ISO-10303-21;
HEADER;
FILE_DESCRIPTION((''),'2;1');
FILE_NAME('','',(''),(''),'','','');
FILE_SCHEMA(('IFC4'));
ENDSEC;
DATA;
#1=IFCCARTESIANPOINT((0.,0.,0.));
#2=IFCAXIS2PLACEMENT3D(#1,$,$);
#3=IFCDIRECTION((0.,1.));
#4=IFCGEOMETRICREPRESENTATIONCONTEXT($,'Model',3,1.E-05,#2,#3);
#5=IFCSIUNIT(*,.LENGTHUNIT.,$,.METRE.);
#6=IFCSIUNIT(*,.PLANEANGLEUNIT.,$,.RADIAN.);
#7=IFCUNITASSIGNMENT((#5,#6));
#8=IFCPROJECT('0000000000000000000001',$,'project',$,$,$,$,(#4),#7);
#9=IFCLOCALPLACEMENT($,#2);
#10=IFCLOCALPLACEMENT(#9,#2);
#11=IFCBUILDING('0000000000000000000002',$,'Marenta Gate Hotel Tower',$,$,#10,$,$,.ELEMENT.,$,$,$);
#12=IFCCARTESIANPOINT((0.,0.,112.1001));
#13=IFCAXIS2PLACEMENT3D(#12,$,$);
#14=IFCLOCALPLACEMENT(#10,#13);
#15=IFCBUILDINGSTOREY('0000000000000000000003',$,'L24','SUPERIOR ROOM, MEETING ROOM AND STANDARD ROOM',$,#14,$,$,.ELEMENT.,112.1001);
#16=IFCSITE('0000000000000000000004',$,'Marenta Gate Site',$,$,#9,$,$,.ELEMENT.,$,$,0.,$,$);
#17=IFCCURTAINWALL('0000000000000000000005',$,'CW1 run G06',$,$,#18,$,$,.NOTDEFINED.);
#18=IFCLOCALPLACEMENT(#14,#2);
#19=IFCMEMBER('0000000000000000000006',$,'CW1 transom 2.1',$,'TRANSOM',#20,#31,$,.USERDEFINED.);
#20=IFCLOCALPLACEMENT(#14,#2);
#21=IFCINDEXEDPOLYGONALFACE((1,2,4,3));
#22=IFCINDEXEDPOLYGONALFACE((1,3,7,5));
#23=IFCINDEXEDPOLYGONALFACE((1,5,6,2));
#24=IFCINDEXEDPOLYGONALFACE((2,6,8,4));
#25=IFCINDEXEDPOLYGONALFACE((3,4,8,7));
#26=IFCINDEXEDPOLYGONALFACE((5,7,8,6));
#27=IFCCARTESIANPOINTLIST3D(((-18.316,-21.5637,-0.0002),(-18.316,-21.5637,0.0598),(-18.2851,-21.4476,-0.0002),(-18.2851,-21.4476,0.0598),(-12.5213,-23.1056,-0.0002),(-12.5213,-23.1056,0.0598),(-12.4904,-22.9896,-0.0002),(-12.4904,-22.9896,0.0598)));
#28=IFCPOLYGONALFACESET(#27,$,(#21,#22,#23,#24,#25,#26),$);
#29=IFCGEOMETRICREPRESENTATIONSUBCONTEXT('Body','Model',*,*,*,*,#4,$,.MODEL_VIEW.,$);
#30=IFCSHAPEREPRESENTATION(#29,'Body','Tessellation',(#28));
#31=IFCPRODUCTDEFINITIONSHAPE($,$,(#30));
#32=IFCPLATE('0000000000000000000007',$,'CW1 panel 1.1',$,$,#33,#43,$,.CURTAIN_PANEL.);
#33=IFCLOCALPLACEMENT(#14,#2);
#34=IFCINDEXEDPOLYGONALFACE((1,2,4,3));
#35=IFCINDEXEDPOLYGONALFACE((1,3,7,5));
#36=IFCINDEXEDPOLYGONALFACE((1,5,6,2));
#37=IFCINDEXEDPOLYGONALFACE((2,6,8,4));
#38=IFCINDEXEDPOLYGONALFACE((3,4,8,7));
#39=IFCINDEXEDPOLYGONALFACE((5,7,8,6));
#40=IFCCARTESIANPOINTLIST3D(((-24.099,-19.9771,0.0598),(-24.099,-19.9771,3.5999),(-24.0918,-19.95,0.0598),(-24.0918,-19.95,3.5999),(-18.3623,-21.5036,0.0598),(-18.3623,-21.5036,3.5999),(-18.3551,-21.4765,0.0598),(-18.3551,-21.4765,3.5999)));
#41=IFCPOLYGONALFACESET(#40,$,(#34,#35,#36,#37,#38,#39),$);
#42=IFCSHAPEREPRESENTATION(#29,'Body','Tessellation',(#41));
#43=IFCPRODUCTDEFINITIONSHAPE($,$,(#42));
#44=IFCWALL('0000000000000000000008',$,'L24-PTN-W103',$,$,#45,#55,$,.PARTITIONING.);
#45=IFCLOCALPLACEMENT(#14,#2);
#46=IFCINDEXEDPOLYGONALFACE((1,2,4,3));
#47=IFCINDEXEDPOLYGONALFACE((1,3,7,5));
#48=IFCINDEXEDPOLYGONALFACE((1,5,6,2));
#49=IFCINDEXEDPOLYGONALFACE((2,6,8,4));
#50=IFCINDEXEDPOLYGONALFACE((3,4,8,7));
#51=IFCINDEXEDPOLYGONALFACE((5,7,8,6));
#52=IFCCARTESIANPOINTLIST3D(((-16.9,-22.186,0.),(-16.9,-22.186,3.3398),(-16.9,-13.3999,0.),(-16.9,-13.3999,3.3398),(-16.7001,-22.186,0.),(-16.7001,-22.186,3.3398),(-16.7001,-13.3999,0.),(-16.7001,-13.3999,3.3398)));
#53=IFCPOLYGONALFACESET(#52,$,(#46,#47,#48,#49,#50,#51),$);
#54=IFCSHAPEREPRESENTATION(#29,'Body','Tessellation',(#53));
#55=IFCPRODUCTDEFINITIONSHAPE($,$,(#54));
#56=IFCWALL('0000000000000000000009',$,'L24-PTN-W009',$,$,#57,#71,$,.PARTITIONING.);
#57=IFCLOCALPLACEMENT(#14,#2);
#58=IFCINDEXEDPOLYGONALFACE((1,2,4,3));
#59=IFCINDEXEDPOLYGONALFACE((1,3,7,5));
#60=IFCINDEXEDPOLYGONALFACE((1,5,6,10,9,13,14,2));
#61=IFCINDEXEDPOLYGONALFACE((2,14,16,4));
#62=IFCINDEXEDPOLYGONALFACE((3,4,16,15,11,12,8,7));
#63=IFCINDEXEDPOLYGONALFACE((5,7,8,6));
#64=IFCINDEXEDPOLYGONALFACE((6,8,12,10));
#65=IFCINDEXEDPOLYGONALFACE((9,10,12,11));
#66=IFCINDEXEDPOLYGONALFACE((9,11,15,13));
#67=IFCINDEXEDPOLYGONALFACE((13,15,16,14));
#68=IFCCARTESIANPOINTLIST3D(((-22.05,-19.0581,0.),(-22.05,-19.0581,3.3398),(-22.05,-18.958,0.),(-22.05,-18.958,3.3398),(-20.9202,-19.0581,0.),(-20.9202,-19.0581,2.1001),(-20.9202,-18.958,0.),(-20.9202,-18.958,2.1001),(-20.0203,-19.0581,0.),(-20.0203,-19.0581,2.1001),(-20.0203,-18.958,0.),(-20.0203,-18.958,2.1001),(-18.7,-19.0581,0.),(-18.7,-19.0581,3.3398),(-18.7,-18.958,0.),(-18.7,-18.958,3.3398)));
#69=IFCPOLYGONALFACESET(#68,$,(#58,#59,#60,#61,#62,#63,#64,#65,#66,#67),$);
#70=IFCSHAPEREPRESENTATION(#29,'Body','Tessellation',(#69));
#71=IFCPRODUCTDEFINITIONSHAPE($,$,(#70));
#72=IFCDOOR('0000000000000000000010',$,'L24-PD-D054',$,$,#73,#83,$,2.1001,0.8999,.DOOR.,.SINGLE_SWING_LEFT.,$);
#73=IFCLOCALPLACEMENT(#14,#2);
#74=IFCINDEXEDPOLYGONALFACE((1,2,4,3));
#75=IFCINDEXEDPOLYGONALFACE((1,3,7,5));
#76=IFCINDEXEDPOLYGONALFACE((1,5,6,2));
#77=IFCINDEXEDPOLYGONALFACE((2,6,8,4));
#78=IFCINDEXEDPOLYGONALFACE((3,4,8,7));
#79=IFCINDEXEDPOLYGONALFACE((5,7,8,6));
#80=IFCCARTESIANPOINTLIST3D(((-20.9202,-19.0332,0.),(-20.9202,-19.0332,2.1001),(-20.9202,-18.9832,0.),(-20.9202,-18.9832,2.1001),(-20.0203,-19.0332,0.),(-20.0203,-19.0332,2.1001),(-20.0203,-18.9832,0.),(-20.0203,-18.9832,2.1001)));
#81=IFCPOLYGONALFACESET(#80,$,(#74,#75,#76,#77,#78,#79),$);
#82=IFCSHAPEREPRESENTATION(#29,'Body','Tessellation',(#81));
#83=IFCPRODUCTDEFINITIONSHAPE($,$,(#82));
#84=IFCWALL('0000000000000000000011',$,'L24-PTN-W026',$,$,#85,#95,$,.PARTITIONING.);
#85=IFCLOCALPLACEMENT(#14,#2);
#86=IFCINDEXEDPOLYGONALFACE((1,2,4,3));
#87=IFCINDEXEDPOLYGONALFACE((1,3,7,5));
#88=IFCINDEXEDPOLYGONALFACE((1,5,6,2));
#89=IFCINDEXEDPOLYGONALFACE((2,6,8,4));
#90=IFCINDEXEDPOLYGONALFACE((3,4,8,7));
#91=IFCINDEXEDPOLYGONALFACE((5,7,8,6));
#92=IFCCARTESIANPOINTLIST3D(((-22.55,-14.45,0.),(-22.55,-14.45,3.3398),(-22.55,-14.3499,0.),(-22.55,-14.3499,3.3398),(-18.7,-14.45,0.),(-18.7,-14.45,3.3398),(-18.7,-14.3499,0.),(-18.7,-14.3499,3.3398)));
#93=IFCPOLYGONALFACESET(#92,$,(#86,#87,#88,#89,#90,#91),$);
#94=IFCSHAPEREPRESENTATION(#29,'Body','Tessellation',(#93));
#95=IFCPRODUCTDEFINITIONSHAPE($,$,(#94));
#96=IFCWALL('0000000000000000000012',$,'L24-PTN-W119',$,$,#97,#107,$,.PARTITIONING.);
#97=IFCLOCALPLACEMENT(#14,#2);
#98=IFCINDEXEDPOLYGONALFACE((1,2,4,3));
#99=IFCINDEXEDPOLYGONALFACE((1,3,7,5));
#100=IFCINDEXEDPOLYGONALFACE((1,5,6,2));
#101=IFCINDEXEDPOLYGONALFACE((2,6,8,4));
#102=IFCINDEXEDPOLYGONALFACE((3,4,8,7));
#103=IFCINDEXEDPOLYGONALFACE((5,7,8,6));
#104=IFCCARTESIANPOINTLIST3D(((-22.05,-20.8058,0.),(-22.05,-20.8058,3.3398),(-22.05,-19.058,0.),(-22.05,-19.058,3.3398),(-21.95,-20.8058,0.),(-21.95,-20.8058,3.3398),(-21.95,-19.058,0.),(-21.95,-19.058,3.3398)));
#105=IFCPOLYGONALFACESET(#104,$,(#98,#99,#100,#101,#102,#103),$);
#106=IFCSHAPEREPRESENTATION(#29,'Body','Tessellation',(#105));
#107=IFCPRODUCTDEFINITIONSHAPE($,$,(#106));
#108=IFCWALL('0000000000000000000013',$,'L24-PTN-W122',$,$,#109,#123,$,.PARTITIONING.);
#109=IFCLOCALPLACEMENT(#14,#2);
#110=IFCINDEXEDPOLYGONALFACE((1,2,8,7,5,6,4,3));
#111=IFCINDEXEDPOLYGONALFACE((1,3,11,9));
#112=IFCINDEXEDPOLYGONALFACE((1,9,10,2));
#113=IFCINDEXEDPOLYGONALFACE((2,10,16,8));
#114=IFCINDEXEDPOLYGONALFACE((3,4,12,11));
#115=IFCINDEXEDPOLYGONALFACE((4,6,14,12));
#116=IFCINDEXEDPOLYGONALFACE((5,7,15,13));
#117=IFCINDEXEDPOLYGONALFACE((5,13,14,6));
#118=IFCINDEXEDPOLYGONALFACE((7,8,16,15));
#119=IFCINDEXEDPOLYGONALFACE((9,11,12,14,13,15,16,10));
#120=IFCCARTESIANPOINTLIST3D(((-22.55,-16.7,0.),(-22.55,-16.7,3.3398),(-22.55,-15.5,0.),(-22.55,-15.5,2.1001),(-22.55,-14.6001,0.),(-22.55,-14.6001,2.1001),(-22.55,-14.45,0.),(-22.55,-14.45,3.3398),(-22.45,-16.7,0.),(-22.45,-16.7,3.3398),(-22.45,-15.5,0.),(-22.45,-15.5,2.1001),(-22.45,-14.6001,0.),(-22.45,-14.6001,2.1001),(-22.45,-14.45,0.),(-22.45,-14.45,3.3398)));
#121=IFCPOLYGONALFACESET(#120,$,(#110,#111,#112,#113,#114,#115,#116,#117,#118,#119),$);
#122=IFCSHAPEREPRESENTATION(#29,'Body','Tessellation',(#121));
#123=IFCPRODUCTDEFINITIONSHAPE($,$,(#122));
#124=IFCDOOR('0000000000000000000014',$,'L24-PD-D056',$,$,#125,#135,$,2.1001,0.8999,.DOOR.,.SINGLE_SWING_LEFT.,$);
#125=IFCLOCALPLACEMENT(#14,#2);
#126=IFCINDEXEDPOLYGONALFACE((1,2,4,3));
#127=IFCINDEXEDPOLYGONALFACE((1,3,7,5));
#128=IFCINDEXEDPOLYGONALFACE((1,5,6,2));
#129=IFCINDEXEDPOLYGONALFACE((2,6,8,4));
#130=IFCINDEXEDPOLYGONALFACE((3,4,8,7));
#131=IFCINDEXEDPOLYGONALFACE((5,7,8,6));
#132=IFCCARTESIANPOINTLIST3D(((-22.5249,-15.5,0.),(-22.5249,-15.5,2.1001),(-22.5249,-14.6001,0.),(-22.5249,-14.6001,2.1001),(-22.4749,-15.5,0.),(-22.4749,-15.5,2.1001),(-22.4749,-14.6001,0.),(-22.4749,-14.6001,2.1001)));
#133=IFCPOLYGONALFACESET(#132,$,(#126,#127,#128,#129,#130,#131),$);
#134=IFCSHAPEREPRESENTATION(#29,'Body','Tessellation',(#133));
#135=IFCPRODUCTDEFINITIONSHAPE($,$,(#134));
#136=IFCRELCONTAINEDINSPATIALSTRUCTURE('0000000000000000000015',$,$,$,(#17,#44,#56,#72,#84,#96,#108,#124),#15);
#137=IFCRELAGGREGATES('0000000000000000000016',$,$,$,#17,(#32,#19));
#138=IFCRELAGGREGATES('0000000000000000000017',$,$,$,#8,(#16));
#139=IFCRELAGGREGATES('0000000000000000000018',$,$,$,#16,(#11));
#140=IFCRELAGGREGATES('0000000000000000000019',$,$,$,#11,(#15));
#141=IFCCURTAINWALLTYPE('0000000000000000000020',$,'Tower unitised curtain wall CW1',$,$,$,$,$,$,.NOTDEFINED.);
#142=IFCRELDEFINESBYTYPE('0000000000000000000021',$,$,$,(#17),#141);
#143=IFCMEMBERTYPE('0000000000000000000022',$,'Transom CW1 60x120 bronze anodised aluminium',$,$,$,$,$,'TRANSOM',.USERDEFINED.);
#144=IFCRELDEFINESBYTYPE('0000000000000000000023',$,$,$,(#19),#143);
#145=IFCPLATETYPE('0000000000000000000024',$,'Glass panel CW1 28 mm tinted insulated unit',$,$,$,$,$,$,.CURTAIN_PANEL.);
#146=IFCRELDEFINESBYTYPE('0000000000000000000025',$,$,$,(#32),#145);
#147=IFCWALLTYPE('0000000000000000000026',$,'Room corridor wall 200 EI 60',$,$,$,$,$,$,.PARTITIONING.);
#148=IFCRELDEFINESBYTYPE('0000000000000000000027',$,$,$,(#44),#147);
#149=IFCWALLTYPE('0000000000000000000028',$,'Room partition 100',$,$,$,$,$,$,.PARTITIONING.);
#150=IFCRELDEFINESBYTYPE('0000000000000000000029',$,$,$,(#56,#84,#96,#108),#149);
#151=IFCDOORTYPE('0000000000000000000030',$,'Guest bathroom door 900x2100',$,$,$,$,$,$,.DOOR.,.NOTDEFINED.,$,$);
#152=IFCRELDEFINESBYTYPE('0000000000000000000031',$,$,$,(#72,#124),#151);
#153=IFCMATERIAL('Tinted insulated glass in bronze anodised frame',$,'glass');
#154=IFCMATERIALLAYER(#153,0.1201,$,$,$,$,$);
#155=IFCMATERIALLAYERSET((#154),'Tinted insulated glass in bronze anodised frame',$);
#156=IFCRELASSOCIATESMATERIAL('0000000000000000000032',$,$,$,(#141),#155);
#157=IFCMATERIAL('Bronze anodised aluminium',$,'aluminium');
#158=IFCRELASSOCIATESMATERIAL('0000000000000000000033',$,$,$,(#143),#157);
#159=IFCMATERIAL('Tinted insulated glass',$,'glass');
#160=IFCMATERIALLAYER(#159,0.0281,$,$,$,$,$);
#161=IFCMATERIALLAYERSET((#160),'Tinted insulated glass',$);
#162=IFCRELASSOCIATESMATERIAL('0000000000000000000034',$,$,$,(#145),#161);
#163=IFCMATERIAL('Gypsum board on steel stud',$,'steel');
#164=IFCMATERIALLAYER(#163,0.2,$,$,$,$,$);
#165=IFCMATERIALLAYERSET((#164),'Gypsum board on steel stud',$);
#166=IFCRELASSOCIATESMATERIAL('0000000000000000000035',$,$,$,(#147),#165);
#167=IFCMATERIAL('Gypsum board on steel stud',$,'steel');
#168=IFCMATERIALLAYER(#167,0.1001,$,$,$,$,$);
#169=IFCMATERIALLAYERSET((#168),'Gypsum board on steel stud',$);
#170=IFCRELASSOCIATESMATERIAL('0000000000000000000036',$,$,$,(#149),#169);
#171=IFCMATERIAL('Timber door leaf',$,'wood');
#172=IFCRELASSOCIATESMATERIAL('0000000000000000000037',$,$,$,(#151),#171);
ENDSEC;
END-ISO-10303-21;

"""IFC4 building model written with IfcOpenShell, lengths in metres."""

from ifc_helpers import new_model, si_unit, direction, frame, frame_2d, origin, origin_2d, place, context, subcontext, project, spatial, rectangle, extrude, material, layer, layer_set, material_profile, profile_set, type_object, element, fill, aggregate, save


model = new_model("IFC4")

# Units and contexts
model_context = context("Model", 3, precision=1e-05, world=origin(), true_north=direction((0.0, 1.0)))
body_context = subcontext(model_context, "Body", "Model", "MODEL_VIEW")
ifc_project = project(units=[si_unit("LENGTHUNIT", "METRE"), si_unit("PLANEANGLEUNIT", "RADIAN")], contexts=[model_context])

# Site, building, storey
site_placement = place(None, origin())
site = spatial("IfcSite", under=ifc_project, at=site_placement, Name="Marenta Gate Site", CompositionType="ELEMENT", RefElevation=0.0)
building_placement = place(site_placement, origin())
building = spatial("IfcBuilding", under=site, at=building_placement, Name="Marenta Gate Hotel Tower", CompositionType="ELEMENT")
storey_placement = place(building_placement, frame((0.0, 0.0, 112.1001)))
storey = spatial("IfcBuildingStorey", under=building, at=storey_placement, Name="L24", Description="SUPERIOR ROOM, MEETING ROOM AND STANDARD ROOM", CompositionType="ELEMENT", Elevation=112.1001)

# Curtain wall, member, plate
ifc_material_1 = material(Name="Tinted insulated glass in bronze anodised frame", Category="glass")
ifc_layer_1 = layer(ifc_material_1, 0.1201)
ifc_layer_set_1 = layer_set([ifc_layer_1], Name="Tinted insulated glass in bronze anodised frame")
curtain_wall_type = type_object("IfcCurtainWallType", Name="Tower unitised curtain wall CW1", PredefinedType="NOTDEFINED", material=ifc_layer_set_1)
curtain_wall_placement = place(storey_placement, origin())
curtain_wall = element("IfcCurtainWall", 1, at=curtain_wall_placement, inside=storey, type_object=curtain_wall_type, Name="CW1 run G06", PredefinedType="NOTDEFINED")
ifc_material_2 = material(Name="Bronze anodised aluminium", Category="aluminium")
ifc_material_profile_1 = material_profile(ifc_material_2, rectangle(XDim=0.1201, YDim=0.0601, at=origin_2d()), Name="Transom CW1 60x120 bronze anodised aluminium")
ifc_profile_set_1 = profile_set([ifc_material_profile_1], Name="Bronze anodised aluminium")
member_type_1 = type_object("IfcMemberType", Name="Transom CW1 60x120 bronze anodised aluminium", ElementType="TRANSOM", PredefinedType="USERDEFINED", material=ifc_profile_set_1)
member_1_placement = place(storey_placement, frame((-18.3005, -21.5056, 0.0298), z_axis=(0.96637, -0.257156, 0.0), x_axis=(0.257156, 0.96637, 0.0)))
member_1 = element("IfcMember", 2, at=member_1_placement, type_object=member_type_1, Name="CW1 transom 2.1", ObjectType="TRANSOM", PredefinedType="USERDEFINED", context=body_context, shape_type="SweptSolid", body=[
    extrude(rectangle(XDim=0.1201, YDim=0.0601, at=origin_2d()), origin(), (0.0, 0.0, 1.0), 5.9963),
])
ifc_material_3 = material(Name="Tinted insulated glass", Category="glass")
ifc_layer_2 = layer(ifc_material_3, 0.0281)
ifc_layer_set_2 = layer_set([ifc_layer_2], Name="Tinted insulated glass")
plate_type = type_object("IfcPlateType", Name="Glass panel CW1 28 mm tinted insulated unit", PredefinedType="CURTAIN_PANEL", material=ifc_layer_set_2)
plate_placement = place(storey_placement, frame((-21.2271, -20.7268, 0.0598), z_axis=(0.0, 0.0, 1.0), x_axis=(0.966373, -0.257144, 0.0)))
plate = element("IfcPlate", 3, at=plate_placement, type_object=plate_type, Name="CW1 panel 1.1", PredefinedType="CURTAIN_PANEL", context=body_context, shape_type="SweptSolid", body=[
    extrude(rectangle(XDim=5.9363, YDim=0.0281, at=origin_2d()), origin(), (0.0, 0.0, 1.0), 3.54),
])
aggregate(curtain_wall, [plate, member_1])

# Wall
ifc_material_4 = material(Name="Gypsum board on steel stud", Category="steel")
ifc_layer_3 = layer(ifc_material_4, 0.2)
ifc_layer_set_3 = layer_set([ifc_layer_3], Name="Gypsum board on steel stud")
wall_type_1 = type_object("IfcWallType", Name="Room corridor wall 200 EI 60", PredefinedType="PARTITIONING", material=ifc_layer_set_3)
wall_1_placement = place(storey_placement, frame((-16.8, -22.186, 0.0), z_axis=(0.0, 0.0, 1.0), x_axis=(0.0, 1.0, 0.0)))
element("IfcWall", 4, at=wall_1_placement, inside=storey, type_object=wall_type_1, Name="L24-PTN-W103", PredefinedType="PARTITIONING", context=body_context, shape_type="SweptSolid", body=[
    extrude(rectangle(XDim=8.7861, YDim=0.2, at=frame_2d((4.3931, 0.0))), origin(), (0.0, 0.0, 1.0), 3.3398),
])

# Wall, opening, door
ifc_material_5 = material(Name="Gypsum board on steel stud", Category="steel")
ifc_layer_4 = layer(ifc_material_5, 0.1001)
ifc_layer_set_4 = layer_set([ifc_layer_4], Name="Gypsum board on steel stud")
wall_type_2 = type_object("IfcWallType", Name="Room partition 100", PredefinedType="PARTITIONING", material=ifc_layer_set_4)
wall_2_placement = place(storey_placement, frame((-22.05, -19.0081, 0.0), z_axis=(0.0, 0.0, 1.0), x_axis=(1.0, 0.0, 0.0)))
wall_2 = element("IfcWall", 5, at=wall_2_placement, inside=storey, type_object=wall_type_2, Name="L24-PTN-W009", PredefinedType="PARTITIONING", context=body_context, shape_type="SweptSolid", body=[
    extrude(rectangle(XDim=3.3501, YDim=0.1001, at=frame_2d((1.675, 0.0))), origin(), (0.0, 0.0, 1.0), 3.3398),
])
opening_1_placement = place(wall_2_placement, frame((1.1299, 0.0, 0.0)))
opening_1 = element("IfcOpeningElement", 6, at=opening_1_placement, cuts=wall_2, PredefinedType="OPENING", context=body_context, shape_type="SweptSolid", body=[
    extrude(rectangle(XDim=0.8999, YDim=2.1001, at=frame_2d((0.45, 1.05))), frame((0.0, 0.05, 0.0), z_axis=(0.0, -1.0, 0.0), x_axis=(1.0, 0.0, 0.0)), (0.0, 0.0, 1.0), 0.1001),
])
ifc_material_6 = material(Name="Timber door leaf", Category="wood")
door_type_1 = type_object("IfcDoorType", Name="Guest bathroom door 900x2100", OperationType="NOTDEFINED", PredefinedType="DOOR", material=ifc_material_6)
door_1_placement = place(opening_1_placement, origin())
door_1 = element("IfcDoor", 7, at=door_1_placement, inside=storey, type_object=door_type_1, Name="L24-PD-D054", OperationType="SINGLE_SWING_LEFT", OverallHeight=2.1001, OverallWidth=0.8999, PredefinedType="DOOR", context=body_context, shape_type="SweptSolid", body=[
    extrude(rectangle(XDim=0.8999, YDim=2.1001, at=frame_2d((0.45, 1.05))), frame((0.0, 0.0249, 0.0), z_axis=(0.0, -1.0, 0.0), x_axis=(1.0, 0.0, 0.0)), (0.0, 0.0, 1.0), 0.05),
])
fill(opening_1, door_1)

# Walls
wall_3_placement = place(storey_placement, frame((-22.55, -14.3999, 0.0), z_axis=(0.0, 0.0, 1.0), x_axis=(1.0, 0.0, 0.0)))
element("IfcWall", 8, at=wall_3_placement, inside=storey, type_object=wall_type_2, Name="L24-PTN-W026", PredefinedType="PARTITIONING", context=body_context, shape_type="SweptSolid", body=[
    extrude(rectangle(XDim=3.8501, YDim=0.1001, at=frame_2d((1.925, 0.0))), origin(), (0.0, 0.0, 1.0), 3.3398),
])
wall_4_placement = place(storey_placement, frame((-22.0, -20.8059, 0.0), z_axis=(0.0, 0.0, 1.0), x_axis=(0.0, 1.0, 0.0)))
element("IfcWall", 9, at=wall_4_placement, inside=storey, type_object=wall_type_2, Name="L24-PTN-W119", PredefinedType="PARTITIONING", context=body_context, shape_type="SweptSolid", body=[
    extrude(rectangle(XDim=1.7478, YDim=0.1001, at=frame_2d((0.874, 0.0))), origin(), (0.0, 0.0, 1.0), 3.3398),
])

# Wall, opening, door
wall_5_placement = place(storey_placement, frame((-22.5, -16.7, 0.0), z_axis=(0.0, 0.0, 1.0), x_axis=(0.0, 1.0, 0.0)))
wall_5 = element("IfcWall", 10, at=wall_5_placement, inside=storey, type_object=wall_type_2, Name="L24-PTN-W122", PredefinedType="PARTITIONING", context=body_context, shape_type="SweptSolid", body=[
    extrude(rectangle(XDim=2.25, YDim=0.1001, at=frame_2d((1.125, 0.0))), origin(), (0.0, 0.0, 1.0), 3.3398),
])
opening_2_placement = place(wall_5_placement, frame((1.2, 0.0, 0.0)))
opening_2 = element("IfcOpeningElement", 11, at=opening_2_placement, cuts=wall_5, PredefinedType="OPENING", context=body_context, shape_type="SweptSolid", body=[
    extrude(rectangle(XDim=0.8999, YDim=2.1001, at=frame_2d((0.45, 1.05))), frame((0.0, 0.05, 0.0), z_axis=(0.0, -1.0, 0.0), x_axis=(1.0, 0.0, 0.0)), (0.0, 0.0, 1.0), 0.1001),
])
door_2_placement = place(opening_2_placement, origin())
door_2 = element("IfcDoor", 12, at=door_2_placement, inside=storey, type_object=door_type_1, Name="L24-PD-D056", OperationType="SINGLE_SWING_LEFT", OverallHeight=2.1001, OverallWidth=0.8999, PredefinedType="DOOR", context=body_context, shape_type="SweptSolid", body=[
    extrude(rectangle(XDim=0.8999, YDim=2.1001, at=frame_2d((0.45, 1.05))), frame((0.0, 0.0249, 0.0), z_axis=(0.0, -1.0, 0.0), x_axis=(1.0, 0.0, 0.0)), (0.0, 0.0, 1.0), 0.05),
])
fill(opening_2, door_2)

save(model, "model.ifc")
